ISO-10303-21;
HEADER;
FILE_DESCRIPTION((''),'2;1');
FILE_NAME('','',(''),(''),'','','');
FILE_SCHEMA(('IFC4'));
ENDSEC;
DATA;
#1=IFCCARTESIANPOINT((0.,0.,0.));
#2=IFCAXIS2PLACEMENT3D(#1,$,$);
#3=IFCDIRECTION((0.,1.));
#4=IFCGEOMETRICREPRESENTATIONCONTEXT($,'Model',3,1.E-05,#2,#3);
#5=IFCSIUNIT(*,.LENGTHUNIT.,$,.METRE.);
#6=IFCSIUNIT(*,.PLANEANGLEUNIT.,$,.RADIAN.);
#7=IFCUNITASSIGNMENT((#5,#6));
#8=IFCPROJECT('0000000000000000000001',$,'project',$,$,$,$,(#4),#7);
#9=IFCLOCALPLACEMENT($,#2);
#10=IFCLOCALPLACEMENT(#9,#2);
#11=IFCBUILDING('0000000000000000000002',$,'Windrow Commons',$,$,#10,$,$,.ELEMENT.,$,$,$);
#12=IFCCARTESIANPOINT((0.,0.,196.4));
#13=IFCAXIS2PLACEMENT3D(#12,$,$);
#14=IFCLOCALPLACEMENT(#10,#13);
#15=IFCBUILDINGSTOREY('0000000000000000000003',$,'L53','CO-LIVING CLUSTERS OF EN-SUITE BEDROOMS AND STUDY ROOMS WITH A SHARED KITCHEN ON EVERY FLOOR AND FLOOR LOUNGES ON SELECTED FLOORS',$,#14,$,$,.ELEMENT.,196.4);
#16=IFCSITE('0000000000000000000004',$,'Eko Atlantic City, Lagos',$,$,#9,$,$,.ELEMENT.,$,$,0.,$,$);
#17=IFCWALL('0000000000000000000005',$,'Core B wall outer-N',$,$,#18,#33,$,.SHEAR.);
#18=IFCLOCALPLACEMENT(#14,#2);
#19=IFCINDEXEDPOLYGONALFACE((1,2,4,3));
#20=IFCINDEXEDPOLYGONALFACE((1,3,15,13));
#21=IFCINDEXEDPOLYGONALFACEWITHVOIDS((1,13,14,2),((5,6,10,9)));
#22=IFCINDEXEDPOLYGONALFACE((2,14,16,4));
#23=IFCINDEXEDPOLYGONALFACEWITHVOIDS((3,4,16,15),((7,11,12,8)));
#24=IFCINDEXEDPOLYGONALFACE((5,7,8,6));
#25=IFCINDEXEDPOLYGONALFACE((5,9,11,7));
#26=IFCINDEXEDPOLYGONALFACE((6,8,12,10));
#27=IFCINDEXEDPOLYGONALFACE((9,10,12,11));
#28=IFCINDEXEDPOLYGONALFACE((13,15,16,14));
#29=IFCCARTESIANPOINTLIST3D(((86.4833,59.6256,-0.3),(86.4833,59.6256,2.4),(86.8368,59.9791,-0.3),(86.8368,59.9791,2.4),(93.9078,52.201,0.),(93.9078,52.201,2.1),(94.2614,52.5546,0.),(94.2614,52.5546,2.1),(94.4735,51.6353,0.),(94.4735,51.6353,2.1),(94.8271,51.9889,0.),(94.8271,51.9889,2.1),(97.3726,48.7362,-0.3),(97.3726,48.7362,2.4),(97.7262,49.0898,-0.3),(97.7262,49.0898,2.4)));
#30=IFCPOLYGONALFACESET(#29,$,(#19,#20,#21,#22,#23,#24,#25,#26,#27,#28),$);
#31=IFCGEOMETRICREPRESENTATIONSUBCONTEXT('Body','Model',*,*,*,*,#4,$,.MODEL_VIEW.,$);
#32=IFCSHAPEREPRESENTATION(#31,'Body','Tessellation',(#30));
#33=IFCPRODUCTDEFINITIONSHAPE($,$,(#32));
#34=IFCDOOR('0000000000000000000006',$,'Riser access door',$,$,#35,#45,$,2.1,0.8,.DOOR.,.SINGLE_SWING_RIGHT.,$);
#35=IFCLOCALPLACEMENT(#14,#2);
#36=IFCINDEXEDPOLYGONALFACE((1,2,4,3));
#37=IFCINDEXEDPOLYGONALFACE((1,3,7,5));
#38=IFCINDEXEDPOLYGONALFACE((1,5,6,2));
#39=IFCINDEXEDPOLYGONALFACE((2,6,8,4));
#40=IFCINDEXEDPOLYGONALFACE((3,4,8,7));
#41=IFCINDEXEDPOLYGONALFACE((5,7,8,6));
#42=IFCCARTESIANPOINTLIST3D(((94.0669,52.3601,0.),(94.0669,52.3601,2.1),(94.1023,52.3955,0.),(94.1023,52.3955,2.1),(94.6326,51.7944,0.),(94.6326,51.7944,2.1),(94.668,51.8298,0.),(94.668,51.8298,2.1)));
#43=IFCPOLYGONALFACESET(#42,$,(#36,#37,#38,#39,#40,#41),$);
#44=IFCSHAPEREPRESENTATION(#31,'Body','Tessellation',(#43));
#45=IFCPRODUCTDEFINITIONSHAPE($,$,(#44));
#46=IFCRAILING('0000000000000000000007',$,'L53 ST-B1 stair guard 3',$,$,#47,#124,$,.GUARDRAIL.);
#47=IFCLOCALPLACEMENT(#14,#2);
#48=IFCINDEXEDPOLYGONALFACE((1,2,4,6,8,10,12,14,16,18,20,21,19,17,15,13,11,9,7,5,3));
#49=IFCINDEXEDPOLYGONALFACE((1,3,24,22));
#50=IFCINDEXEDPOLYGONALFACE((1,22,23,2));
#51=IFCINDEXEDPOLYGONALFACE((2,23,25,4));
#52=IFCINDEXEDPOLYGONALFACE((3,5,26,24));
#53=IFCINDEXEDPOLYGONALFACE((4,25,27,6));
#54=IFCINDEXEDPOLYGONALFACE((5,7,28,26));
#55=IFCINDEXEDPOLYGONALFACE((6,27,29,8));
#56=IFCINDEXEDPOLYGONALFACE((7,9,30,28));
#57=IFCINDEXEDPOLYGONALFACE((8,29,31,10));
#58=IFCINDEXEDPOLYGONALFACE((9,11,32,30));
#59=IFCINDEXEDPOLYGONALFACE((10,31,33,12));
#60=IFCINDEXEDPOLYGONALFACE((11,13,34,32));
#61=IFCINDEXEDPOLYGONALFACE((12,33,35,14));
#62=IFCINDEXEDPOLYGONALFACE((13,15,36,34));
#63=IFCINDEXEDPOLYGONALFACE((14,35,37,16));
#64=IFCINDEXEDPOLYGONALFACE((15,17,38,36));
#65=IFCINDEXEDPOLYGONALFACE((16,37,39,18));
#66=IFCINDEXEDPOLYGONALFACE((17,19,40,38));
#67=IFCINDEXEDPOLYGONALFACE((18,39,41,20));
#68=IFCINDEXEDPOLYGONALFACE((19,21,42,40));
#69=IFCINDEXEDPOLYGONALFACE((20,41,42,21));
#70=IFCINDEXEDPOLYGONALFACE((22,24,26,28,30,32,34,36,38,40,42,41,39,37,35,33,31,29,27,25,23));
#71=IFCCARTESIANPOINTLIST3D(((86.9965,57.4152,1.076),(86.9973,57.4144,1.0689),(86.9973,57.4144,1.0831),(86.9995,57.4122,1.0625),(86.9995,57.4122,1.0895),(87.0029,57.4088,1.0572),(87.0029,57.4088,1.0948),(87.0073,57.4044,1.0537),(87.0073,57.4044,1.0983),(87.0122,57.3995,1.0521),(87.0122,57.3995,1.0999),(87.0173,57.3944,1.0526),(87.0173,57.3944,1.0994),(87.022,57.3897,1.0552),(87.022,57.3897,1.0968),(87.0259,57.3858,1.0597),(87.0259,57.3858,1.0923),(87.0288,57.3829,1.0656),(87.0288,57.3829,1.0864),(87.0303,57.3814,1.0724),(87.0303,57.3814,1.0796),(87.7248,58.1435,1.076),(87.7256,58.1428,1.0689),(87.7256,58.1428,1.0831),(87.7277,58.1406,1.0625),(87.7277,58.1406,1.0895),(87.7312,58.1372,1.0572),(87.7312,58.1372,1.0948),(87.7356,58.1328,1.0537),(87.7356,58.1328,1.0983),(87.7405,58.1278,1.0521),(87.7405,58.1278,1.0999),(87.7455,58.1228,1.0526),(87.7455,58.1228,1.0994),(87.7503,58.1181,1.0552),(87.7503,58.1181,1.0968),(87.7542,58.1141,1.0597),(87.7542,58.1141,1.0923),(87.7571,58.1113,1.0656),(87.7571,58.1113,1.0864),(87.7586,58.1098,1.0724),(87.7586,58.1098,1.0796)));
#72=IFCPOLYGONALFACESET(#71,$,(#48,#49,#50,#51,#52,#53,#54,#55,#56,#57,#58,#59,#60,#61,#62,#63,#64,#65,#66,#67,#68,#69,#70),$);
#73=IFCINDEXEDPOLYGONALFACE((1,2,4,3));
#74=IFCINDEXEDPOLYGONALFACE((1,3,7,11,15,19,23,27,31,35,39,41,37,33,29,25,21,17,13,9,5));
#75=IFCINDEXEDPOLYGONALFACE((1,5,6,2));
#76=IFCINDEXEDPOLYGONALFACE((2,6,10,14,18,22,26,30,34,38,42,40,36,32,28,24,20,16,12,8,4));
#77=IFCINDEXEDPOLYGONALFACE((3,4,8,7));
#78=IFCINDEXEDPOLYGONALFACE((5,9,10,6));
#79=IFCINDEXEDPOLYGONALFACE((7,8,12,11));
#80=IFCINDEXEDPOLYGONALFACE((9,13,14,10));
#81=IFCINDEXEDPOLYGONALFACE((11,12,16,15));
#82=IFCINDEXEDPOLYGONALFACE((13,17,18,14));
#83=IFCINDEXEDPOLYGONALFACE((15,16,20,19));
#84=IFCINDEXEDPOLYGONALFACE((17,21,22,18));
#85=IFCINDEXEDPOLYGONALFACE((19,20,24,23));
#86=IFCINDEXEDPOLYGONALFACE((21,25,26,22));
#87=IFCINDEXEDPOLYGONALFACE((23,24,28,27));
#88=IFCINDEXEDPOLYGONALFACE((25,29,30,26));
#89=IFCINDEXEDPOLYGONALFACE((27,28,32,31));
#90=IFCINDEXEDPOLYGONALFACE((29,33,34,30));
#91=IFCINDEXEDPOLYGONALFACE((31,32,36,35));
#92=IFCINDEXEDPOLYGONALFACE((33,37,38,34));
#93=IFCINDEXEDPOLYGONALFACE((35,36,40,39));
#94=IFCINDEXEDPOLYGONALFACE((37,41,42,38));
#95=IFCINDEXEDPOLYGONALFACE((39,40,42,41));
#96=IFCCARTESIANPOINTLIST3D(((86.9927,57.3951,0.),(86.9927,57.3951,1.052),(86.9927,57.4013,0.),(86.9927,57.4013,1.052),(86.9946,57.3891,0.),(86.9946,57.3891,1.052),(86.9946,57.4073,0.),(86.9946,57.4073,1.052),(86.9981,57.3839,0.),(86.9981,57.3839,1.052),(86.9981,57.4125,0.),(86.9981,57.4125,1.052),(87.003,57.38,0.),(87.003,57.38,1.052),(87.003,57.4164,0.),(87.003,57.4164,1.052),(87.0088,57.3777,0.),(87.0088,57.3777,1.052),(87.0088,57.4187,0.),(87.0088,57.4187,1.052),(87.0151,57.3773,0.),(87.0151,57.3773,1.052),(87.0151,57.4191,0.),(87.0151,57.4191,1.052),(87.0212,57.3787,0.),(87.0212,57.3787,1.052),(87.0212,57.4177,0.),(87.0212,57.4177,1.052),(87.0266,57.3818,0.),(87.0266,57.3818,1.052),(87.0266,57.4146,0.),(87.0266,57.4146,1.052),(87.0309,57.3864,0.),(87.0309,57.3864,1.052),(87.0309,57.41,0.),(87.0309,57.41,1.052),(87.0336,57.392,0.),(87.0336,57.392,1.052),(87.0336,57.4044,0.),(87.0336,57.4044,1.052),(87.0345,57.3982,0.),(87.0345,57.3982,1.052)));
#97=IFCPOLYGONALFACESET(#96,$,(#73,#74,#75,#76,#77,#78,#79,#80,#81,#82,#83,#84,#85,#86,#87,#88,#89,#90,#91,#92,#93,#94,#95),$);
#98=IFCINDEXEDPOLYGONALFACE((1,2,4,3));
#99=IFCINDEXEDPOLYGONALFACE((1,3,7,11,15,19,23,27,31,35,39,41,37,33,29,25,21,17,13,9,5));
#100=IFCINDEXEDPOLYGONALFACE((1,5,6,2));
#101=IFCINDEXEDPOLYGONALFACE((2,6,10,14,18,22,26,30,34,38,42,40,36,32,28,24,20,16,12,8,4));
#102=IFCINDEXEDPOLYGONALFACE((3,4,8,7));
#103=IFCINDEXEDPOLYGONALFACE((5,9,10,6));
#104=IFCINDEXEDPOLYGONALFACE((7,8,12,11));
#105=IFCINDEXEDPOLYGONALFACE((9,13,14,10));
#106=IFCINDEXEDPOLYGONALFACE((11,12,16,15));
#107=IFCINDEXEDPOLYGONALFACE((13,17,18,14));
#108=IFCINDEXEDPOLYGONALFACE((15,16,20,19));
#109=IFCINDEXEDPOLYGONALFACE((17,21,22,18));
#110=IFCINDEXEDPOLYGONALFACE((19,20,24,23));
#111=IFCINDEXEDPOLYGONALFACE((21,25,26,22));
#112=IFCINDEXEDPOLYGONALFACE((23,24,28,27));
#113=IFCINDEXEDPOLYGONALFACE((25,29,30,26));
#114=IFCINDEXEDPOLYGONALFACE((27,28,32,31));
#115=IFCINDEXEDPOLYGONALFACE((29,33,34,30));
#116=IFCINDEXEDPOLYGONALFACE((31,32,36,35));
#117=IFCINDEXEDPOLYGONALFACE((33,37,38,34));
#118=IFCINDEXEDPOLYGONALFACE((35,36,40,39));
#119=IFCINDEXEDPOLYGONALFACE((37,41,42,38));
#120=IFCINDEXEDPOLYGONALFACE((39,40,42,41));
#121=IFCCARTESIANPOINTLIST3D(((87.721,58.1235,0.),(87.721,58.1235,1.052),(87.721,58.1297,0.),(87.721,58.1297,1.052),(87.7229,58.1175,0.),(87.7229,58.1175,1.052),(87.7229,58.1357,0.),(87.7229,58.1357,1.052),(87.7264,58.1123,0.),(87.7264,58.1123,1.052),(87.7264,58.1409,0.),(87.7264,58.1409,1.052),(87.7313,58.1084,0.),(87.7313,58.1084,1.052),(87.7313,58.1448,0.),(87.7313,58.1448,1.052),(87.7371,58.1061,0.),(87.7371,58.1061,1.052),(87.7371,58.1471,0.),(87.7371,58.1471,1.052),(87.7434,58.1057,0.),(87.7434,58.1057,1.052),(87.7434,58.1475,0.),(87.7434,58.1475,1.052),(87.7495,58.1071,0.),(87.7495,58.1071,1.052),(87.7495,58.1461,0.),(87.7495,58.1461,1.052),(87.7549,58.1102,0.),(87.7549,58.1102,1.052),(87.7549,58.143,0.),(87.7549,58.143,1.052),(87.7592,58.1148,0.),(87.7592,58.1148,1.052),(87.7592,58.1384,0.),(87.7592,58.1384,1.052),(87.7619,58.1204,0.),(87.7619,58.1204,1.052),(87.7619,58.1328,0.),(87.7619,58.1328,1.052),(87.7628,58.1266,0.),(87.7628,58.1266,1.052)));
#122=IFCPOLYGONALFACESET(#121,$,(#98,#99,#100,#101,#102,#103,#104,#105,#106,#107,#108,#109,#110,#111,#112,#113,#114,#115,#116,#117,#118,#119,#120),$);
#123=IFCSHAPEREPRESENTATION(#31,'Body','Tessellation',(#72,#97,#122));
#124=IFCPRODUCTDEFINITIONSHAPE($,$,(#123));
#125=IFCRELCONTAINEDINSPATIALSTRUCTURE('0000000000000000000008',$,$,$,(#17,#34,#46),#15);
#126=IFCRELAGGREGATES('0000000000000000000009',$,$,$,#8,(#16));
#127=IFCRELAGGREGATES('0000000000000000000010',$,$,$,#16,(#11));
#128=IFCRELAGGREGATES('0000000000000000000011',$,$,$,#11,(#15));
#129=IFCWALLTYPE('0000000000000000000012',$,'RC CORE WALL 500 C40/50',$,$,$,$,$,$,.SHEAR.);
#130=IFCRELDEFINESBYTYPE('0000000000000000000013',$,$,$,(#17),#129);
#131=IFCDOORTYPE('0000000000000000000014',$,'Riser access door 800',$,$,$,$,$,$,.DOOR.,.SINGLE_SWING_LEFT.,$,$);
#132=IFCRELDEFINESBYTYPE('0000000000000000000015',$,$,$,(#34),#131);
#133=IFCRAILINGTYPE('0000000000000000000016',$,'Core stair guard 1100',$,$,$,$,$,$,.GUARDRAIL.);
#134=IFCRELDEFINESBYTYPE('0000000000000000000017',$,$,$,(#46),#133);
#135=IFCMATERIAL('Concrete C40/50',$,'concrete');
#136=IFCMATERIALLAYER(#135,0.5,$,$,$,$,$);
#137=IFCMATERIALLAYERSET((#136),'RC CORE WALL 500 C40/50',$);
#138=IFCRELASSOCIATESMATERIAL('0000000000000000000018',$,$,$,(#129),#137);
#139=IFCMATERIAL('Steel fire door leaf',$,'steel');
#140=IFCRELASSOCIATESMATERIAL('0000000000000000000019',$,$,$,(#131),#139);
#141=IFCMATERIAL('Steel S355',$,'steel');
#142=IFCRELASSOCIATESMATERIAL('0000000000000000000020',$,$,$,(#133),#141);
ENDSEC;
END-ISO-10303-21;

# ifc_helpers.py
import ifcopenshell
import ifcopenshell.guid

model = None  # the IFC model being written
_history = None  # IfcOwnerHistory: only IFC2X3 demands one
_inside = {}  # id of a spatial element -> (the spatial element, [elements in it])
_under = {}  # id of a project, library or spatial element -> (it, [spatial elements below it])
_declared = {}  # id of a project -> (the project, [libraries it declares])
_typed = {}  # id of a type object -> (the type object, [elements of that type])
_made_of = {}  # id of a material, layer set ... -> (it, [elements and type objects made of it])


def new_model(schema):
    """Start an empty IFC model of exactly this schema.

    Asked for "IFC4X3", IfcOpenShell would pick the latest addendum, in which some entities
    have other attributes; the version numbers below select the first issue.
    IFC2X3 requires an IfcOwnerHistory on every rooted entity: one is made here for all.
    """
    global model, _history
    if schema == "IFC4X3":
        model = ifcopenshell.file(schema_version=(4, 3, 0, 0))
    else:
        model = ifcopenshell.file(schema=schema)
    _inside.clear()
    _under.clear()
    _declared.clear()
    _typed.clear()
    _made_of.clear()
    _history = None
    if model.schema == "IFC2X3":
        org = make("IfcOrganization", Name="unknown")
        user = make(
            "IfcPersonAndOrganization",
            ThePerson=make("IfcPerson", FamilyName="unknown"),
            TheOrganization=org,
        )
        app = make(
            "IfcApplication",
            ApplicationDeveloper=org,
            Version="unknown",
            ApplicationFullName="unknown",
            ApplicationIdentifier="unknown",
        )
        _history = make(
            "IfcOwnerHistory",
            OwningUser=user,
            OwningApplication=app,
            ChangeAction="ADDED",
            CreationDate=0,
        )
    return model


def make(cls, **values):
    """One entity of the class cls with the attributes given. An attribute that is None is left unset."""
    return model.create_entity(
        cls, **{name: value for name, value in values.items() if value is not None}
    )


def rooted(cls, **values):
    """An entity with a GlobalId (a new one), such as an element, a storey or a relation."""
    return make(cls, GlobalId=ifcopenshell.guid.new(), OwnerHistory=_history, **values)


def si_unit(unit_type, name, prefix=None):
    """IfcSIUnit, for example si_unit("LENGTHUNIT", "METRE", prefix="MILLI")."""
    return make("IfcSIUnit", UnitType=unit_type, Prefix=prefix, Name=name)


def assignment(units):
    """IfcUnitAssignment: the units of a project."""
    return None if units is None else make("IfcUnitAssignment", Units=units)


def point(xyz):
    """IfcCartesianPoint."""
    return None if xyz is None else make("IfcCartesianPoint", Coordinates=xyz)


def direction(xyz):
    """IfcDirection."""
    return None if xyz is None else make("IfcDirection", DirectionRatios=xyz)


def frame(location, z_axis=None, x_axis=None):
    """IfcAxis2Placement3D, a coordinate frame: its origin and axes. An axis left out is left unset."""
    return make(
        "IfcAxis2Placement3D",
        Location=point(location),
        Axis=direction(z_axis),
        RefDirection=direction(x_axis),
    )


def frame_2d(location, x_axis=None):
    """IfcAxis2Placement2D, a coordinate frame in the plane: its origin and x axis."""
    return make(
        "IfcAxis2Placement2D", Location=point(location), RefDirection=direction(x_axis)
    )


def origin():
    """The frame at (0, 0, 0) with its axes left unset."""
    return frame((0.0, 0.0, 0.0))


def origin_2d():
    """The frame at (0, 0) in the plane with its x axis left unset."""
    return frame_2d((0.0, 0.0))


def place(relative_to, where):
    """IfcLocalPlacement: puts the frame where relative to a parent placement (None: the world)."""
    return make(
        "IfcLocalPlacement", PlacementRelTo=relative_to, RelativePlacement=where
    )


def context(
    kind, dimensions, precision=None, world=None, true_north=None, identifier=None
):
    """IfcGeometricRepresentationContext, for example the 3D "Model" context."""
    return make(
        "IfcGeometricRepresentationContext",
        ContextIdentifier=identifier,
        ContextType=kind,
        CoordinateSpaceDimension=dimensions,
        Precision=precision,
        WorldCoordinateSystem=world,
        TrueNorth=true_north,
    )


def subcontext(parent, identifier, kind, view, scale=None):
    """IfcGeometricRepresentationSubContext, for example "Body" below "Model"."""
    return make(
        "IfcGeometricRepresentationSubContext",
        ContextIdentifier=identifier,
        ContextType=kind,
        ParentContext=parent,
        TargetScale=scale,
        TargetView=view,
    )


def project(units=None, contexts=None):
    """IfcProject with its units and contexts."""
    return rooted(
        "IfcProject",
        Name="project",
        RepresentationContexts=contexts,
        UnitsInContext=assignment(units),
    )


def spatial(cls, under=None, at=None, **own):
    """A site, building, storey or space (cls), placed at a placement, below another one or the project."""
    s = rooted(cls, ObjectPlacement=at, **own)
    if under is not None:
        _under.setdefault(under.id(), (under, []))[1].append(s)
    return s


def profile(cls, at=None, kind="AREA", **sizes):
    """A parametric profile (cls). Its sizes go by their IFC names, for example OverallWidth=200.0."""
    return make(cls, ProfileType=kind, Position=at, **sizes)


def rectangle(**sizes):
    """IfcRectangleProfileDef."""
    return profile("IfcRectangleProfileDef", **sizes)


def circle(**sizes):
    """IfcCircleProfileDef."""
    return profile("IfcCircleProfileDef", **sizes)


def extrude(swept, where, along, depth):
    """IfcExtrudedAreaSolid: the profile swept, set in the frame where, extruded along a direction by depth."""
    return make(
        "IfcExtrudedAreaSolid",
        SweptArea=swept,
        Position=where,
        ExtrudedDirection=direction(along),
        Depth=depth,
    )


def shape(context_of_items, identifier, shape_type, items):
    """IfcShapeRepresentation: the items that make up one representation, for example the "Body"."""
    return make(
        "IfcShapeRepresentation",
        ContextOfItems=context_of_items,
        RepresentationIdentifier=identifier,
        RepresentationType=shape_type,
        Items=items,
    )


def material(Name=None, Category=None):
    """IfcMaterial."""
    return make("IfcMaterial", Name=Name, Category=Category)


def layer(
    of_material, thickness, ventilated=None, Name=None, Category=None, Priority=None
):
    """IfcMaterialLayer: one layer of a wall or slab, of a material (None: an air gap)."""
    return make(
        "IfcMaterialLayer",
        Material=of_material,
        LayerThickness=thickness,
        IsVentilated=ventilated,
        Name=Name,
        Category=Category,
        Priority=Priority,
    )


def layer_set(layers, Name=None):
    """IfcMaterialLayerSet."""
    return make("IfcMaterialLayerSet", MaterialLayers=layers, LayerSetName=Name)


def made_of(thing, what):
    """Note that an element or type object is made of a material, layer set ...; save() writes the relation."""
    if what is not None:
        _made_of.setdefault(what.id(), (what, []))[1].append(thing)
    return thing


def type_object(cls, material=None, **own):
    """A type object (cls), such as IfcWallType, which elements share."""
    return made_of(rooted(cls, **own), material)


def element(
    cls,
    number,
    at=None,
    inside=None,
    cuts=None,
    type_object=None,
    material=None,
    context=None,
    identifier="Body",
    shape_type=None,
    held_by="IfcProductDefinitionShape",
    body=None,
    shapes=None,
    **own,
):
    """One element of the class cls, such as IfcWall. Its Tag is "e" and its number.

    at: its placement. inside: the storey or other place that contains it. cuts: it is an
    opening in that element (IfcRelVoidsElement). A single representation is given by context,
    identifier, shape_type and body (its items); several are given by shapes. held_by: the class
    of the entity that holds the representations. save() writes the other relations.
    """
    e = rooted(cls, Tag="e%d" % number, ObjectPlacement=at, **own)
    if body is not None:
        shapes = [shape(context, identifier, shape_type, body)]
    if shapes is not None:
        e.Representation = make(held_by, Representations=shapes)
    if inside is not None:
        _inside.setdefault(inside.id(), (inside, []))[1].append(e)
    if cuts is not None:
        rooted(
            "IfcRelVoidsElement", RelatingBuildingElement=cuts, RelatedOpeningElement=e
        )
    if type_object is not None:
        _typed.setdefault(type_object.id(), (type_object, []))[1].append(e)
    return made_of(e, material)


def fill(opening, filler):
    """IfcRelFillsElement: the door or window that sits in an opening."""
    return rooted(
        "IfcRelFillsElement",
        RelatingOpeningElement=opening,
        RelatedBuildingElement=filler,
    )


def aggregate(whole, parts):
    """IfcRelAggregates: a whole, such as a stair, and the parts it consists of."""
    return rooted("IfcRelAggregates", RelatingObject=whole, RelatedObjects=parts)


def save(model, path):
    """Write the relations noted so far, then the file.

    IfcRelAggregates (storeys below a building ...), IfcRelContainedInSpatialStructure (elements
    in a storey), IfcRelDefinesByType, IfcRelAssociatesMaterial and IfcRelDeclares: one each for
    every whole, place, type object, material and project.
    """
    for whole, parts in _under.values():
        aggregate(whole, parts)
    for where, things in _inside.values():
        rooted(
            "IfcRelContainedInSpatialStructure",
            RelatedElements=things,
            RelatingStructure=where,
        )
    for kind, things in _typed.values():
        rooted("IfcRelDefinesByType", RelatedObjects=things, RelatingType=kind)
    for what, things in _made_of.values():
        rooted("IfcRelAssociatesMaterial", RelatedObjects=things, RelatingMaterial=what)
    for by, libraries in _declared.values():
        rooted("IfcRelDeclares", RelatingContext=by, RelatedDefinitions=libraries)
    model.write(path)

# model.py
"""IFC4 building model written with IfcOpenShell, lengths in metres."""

from ifc_helpers import new_model, si_unit, direction, frame, frame_2d, origin, origin_2d, place, context, subcontext, project, spatial, rectangle, circle, extrude, material, layer, layer_set, type_object, element, fill, save


model = new_model("IFC4")

# Units and contexts
model_context = context("Model", 3, precision=1e-05, world=origin(), true_north=direction((0.0, 1.0)))
body_context = subcontext(model_context, "Body", "Model", "MODEL_VIEW")
ifc_project = project(units=[si_unit("LENGTHUNIT", "METRE"), si_unit("PLANEANGLEUNIT", "RADIAN")], contexts=[model_context])

# Site, building, storey
site_placement = place(None, origin())
site = spatial("IfcSite", under=ifc_project, at=site_placement, Name="Eko Atlantic City, Lagos", CompositionType="ELEMENT", RefElevation=0.0)
building_placement = place(site_placement, origin())
building = spatial("IfcBuilding", under=site, at=building_placement, Name="Windrow Commons", CompositionType="ELEMENT")
storey_placement = place(building_placement, frame((0.0, 0.0, 196.4)))
storey = spatial("IfcBuildingStorey", under=building, at=storey_placement, Name="L53", Description="CO-LIVING CLUSTERS OF EN-SUITE BEDROOMS AND STUDY ROOMS WITH A SHARED KITCHEN ON EVERY FLOOR AND FLOOR LOUNGES ON SELECTED FLOORS", CompositionType="ELEMENT", Elevation=196.4)

# Wall, opening, door
ifc_material_1 = material(Name="Concrete C40/50", Category="concrete")
ifc_layer_1 = layer(ifc_material_1, 0.5)
ifc_layer_set_1 = layer_set([ifc_layer_1], Name="RC CORE WALL 500 C40/50")
wall_type_1 = type_object("IfcWallType", Name="RC CORE WALL 500 C40/50", PredefinedType="SHEAR", material=ifc_layer_set_1)
wall_1_placement = place(storey_placement, frame((86.66, 59.8024, -0.3), z_axis=(0.0, 0.0, 1.0), x_axis=(0.707107, -0.707107, 0.0)))
wall_1 = element("IfcWall", 1, at=wall_1_placement, inside=storey, type_object=wall_type_1, Name="Core B wall outer-N", PredefinedType="SHEAR", context=body_context, shape_type="SweptSolid", body=[
    extrude(rectangle(XDim=15.3999, YDim=0.5, at=frame_2d((7.7, 0.0))), origin(), (0.0, 0.0, 1.0), 2.7),
])
opening_1_placement = place(wall_1_placement, frame((10.5, 0.0, 0.3)))
opening_1 = element("IfcOpeningElement", 2, at=opening_1_placement, cuts=wall_1, PredefinedType="OPENING", context=body_context, shape_type="SweptSolid", body=[
    extrude(rectangle(XDim=0.8, YDim=2.1, at=frame_2d((0.4, 1.05))), frame((0.0, 0.26, 0.0), z_axis=(0.0, -1.0, 0.0), x_axis=(1.0, 0.0, 0.0)), (0.0, 0.0, 1.0), 0.52),
])
ifc_material_2 = material(Name="Steel fire door leaf", Category="steel")
door_type_1 = type_object("IfcDoorType", Name="Riser access door 800", OperationType="SINGLE_SWING_LEFT", PredefinedType="DOOR", material=ifc_material_2)
door_1_placement = place(opening_1_placement, origin())
door_1 = element("IfcDoor", 3, at=door_1_placement, inside=storey, type_object=door_type_1, Name="Riser access door", OperationType="SINGLE_SWING_RIGHT", OverallHeight=2.1, OverallWidth=0.8, PredefinedType="DOOR", context=body_context, shape_type="SweptSolid", body=[
    extrude(rectangle(XDim=0.8, YDim=2.1, at=frame_2d((0.4, 1.05))), frame((0.0, 0.025, 0.0), z_axis=(0.0, -1.0, 0.0), x_axis=(1.0, 0.0, 0.0)), (0.0, 0.0, 1.0), 0.05),
])
fill(opening_1, door_1)

# Railing
ifc_material_3 = material(Name="Steel S355", Category="steel")
railing_type = type_object("IfcRailingType", Name="Core stair guard 1100", PredefinedType="GUARDRAIL", material=ifc_material_3)
railing_placement = place(storey_placement, frame((87.0135, 57.3982, 0.0)))
element("IfcRailing", 4, at=railing_placement, inside=storey, type_object=railing_type, Name="L53 ST-B1 stair guard 3", PredefinedType="GUARDRAIL", context=body_context, shape_type="SweptSolid", body=[
    extrude(circle(Radius=0.024, at=origin_2d()), frame((0.0, 0.0, 1.076), z_axis=(0.707058, 0.707155, 0.0), x_axis=(-0.707155, 0.707058, 0.0)), (0.0, 0.0, 1.0), 1.03),
    extrude(circle(Radius=0.021, at=origin_2d()), origin(), (0.0, 0.0, 1.0), 1.052),
    extrude(circle(Radius=0.021, at=origin_2d()), frame((0.7283, 0.7284, 0.0)), (0.0, 0.0, 1.0), 1.052),
])

save(model, "model.ifc")
